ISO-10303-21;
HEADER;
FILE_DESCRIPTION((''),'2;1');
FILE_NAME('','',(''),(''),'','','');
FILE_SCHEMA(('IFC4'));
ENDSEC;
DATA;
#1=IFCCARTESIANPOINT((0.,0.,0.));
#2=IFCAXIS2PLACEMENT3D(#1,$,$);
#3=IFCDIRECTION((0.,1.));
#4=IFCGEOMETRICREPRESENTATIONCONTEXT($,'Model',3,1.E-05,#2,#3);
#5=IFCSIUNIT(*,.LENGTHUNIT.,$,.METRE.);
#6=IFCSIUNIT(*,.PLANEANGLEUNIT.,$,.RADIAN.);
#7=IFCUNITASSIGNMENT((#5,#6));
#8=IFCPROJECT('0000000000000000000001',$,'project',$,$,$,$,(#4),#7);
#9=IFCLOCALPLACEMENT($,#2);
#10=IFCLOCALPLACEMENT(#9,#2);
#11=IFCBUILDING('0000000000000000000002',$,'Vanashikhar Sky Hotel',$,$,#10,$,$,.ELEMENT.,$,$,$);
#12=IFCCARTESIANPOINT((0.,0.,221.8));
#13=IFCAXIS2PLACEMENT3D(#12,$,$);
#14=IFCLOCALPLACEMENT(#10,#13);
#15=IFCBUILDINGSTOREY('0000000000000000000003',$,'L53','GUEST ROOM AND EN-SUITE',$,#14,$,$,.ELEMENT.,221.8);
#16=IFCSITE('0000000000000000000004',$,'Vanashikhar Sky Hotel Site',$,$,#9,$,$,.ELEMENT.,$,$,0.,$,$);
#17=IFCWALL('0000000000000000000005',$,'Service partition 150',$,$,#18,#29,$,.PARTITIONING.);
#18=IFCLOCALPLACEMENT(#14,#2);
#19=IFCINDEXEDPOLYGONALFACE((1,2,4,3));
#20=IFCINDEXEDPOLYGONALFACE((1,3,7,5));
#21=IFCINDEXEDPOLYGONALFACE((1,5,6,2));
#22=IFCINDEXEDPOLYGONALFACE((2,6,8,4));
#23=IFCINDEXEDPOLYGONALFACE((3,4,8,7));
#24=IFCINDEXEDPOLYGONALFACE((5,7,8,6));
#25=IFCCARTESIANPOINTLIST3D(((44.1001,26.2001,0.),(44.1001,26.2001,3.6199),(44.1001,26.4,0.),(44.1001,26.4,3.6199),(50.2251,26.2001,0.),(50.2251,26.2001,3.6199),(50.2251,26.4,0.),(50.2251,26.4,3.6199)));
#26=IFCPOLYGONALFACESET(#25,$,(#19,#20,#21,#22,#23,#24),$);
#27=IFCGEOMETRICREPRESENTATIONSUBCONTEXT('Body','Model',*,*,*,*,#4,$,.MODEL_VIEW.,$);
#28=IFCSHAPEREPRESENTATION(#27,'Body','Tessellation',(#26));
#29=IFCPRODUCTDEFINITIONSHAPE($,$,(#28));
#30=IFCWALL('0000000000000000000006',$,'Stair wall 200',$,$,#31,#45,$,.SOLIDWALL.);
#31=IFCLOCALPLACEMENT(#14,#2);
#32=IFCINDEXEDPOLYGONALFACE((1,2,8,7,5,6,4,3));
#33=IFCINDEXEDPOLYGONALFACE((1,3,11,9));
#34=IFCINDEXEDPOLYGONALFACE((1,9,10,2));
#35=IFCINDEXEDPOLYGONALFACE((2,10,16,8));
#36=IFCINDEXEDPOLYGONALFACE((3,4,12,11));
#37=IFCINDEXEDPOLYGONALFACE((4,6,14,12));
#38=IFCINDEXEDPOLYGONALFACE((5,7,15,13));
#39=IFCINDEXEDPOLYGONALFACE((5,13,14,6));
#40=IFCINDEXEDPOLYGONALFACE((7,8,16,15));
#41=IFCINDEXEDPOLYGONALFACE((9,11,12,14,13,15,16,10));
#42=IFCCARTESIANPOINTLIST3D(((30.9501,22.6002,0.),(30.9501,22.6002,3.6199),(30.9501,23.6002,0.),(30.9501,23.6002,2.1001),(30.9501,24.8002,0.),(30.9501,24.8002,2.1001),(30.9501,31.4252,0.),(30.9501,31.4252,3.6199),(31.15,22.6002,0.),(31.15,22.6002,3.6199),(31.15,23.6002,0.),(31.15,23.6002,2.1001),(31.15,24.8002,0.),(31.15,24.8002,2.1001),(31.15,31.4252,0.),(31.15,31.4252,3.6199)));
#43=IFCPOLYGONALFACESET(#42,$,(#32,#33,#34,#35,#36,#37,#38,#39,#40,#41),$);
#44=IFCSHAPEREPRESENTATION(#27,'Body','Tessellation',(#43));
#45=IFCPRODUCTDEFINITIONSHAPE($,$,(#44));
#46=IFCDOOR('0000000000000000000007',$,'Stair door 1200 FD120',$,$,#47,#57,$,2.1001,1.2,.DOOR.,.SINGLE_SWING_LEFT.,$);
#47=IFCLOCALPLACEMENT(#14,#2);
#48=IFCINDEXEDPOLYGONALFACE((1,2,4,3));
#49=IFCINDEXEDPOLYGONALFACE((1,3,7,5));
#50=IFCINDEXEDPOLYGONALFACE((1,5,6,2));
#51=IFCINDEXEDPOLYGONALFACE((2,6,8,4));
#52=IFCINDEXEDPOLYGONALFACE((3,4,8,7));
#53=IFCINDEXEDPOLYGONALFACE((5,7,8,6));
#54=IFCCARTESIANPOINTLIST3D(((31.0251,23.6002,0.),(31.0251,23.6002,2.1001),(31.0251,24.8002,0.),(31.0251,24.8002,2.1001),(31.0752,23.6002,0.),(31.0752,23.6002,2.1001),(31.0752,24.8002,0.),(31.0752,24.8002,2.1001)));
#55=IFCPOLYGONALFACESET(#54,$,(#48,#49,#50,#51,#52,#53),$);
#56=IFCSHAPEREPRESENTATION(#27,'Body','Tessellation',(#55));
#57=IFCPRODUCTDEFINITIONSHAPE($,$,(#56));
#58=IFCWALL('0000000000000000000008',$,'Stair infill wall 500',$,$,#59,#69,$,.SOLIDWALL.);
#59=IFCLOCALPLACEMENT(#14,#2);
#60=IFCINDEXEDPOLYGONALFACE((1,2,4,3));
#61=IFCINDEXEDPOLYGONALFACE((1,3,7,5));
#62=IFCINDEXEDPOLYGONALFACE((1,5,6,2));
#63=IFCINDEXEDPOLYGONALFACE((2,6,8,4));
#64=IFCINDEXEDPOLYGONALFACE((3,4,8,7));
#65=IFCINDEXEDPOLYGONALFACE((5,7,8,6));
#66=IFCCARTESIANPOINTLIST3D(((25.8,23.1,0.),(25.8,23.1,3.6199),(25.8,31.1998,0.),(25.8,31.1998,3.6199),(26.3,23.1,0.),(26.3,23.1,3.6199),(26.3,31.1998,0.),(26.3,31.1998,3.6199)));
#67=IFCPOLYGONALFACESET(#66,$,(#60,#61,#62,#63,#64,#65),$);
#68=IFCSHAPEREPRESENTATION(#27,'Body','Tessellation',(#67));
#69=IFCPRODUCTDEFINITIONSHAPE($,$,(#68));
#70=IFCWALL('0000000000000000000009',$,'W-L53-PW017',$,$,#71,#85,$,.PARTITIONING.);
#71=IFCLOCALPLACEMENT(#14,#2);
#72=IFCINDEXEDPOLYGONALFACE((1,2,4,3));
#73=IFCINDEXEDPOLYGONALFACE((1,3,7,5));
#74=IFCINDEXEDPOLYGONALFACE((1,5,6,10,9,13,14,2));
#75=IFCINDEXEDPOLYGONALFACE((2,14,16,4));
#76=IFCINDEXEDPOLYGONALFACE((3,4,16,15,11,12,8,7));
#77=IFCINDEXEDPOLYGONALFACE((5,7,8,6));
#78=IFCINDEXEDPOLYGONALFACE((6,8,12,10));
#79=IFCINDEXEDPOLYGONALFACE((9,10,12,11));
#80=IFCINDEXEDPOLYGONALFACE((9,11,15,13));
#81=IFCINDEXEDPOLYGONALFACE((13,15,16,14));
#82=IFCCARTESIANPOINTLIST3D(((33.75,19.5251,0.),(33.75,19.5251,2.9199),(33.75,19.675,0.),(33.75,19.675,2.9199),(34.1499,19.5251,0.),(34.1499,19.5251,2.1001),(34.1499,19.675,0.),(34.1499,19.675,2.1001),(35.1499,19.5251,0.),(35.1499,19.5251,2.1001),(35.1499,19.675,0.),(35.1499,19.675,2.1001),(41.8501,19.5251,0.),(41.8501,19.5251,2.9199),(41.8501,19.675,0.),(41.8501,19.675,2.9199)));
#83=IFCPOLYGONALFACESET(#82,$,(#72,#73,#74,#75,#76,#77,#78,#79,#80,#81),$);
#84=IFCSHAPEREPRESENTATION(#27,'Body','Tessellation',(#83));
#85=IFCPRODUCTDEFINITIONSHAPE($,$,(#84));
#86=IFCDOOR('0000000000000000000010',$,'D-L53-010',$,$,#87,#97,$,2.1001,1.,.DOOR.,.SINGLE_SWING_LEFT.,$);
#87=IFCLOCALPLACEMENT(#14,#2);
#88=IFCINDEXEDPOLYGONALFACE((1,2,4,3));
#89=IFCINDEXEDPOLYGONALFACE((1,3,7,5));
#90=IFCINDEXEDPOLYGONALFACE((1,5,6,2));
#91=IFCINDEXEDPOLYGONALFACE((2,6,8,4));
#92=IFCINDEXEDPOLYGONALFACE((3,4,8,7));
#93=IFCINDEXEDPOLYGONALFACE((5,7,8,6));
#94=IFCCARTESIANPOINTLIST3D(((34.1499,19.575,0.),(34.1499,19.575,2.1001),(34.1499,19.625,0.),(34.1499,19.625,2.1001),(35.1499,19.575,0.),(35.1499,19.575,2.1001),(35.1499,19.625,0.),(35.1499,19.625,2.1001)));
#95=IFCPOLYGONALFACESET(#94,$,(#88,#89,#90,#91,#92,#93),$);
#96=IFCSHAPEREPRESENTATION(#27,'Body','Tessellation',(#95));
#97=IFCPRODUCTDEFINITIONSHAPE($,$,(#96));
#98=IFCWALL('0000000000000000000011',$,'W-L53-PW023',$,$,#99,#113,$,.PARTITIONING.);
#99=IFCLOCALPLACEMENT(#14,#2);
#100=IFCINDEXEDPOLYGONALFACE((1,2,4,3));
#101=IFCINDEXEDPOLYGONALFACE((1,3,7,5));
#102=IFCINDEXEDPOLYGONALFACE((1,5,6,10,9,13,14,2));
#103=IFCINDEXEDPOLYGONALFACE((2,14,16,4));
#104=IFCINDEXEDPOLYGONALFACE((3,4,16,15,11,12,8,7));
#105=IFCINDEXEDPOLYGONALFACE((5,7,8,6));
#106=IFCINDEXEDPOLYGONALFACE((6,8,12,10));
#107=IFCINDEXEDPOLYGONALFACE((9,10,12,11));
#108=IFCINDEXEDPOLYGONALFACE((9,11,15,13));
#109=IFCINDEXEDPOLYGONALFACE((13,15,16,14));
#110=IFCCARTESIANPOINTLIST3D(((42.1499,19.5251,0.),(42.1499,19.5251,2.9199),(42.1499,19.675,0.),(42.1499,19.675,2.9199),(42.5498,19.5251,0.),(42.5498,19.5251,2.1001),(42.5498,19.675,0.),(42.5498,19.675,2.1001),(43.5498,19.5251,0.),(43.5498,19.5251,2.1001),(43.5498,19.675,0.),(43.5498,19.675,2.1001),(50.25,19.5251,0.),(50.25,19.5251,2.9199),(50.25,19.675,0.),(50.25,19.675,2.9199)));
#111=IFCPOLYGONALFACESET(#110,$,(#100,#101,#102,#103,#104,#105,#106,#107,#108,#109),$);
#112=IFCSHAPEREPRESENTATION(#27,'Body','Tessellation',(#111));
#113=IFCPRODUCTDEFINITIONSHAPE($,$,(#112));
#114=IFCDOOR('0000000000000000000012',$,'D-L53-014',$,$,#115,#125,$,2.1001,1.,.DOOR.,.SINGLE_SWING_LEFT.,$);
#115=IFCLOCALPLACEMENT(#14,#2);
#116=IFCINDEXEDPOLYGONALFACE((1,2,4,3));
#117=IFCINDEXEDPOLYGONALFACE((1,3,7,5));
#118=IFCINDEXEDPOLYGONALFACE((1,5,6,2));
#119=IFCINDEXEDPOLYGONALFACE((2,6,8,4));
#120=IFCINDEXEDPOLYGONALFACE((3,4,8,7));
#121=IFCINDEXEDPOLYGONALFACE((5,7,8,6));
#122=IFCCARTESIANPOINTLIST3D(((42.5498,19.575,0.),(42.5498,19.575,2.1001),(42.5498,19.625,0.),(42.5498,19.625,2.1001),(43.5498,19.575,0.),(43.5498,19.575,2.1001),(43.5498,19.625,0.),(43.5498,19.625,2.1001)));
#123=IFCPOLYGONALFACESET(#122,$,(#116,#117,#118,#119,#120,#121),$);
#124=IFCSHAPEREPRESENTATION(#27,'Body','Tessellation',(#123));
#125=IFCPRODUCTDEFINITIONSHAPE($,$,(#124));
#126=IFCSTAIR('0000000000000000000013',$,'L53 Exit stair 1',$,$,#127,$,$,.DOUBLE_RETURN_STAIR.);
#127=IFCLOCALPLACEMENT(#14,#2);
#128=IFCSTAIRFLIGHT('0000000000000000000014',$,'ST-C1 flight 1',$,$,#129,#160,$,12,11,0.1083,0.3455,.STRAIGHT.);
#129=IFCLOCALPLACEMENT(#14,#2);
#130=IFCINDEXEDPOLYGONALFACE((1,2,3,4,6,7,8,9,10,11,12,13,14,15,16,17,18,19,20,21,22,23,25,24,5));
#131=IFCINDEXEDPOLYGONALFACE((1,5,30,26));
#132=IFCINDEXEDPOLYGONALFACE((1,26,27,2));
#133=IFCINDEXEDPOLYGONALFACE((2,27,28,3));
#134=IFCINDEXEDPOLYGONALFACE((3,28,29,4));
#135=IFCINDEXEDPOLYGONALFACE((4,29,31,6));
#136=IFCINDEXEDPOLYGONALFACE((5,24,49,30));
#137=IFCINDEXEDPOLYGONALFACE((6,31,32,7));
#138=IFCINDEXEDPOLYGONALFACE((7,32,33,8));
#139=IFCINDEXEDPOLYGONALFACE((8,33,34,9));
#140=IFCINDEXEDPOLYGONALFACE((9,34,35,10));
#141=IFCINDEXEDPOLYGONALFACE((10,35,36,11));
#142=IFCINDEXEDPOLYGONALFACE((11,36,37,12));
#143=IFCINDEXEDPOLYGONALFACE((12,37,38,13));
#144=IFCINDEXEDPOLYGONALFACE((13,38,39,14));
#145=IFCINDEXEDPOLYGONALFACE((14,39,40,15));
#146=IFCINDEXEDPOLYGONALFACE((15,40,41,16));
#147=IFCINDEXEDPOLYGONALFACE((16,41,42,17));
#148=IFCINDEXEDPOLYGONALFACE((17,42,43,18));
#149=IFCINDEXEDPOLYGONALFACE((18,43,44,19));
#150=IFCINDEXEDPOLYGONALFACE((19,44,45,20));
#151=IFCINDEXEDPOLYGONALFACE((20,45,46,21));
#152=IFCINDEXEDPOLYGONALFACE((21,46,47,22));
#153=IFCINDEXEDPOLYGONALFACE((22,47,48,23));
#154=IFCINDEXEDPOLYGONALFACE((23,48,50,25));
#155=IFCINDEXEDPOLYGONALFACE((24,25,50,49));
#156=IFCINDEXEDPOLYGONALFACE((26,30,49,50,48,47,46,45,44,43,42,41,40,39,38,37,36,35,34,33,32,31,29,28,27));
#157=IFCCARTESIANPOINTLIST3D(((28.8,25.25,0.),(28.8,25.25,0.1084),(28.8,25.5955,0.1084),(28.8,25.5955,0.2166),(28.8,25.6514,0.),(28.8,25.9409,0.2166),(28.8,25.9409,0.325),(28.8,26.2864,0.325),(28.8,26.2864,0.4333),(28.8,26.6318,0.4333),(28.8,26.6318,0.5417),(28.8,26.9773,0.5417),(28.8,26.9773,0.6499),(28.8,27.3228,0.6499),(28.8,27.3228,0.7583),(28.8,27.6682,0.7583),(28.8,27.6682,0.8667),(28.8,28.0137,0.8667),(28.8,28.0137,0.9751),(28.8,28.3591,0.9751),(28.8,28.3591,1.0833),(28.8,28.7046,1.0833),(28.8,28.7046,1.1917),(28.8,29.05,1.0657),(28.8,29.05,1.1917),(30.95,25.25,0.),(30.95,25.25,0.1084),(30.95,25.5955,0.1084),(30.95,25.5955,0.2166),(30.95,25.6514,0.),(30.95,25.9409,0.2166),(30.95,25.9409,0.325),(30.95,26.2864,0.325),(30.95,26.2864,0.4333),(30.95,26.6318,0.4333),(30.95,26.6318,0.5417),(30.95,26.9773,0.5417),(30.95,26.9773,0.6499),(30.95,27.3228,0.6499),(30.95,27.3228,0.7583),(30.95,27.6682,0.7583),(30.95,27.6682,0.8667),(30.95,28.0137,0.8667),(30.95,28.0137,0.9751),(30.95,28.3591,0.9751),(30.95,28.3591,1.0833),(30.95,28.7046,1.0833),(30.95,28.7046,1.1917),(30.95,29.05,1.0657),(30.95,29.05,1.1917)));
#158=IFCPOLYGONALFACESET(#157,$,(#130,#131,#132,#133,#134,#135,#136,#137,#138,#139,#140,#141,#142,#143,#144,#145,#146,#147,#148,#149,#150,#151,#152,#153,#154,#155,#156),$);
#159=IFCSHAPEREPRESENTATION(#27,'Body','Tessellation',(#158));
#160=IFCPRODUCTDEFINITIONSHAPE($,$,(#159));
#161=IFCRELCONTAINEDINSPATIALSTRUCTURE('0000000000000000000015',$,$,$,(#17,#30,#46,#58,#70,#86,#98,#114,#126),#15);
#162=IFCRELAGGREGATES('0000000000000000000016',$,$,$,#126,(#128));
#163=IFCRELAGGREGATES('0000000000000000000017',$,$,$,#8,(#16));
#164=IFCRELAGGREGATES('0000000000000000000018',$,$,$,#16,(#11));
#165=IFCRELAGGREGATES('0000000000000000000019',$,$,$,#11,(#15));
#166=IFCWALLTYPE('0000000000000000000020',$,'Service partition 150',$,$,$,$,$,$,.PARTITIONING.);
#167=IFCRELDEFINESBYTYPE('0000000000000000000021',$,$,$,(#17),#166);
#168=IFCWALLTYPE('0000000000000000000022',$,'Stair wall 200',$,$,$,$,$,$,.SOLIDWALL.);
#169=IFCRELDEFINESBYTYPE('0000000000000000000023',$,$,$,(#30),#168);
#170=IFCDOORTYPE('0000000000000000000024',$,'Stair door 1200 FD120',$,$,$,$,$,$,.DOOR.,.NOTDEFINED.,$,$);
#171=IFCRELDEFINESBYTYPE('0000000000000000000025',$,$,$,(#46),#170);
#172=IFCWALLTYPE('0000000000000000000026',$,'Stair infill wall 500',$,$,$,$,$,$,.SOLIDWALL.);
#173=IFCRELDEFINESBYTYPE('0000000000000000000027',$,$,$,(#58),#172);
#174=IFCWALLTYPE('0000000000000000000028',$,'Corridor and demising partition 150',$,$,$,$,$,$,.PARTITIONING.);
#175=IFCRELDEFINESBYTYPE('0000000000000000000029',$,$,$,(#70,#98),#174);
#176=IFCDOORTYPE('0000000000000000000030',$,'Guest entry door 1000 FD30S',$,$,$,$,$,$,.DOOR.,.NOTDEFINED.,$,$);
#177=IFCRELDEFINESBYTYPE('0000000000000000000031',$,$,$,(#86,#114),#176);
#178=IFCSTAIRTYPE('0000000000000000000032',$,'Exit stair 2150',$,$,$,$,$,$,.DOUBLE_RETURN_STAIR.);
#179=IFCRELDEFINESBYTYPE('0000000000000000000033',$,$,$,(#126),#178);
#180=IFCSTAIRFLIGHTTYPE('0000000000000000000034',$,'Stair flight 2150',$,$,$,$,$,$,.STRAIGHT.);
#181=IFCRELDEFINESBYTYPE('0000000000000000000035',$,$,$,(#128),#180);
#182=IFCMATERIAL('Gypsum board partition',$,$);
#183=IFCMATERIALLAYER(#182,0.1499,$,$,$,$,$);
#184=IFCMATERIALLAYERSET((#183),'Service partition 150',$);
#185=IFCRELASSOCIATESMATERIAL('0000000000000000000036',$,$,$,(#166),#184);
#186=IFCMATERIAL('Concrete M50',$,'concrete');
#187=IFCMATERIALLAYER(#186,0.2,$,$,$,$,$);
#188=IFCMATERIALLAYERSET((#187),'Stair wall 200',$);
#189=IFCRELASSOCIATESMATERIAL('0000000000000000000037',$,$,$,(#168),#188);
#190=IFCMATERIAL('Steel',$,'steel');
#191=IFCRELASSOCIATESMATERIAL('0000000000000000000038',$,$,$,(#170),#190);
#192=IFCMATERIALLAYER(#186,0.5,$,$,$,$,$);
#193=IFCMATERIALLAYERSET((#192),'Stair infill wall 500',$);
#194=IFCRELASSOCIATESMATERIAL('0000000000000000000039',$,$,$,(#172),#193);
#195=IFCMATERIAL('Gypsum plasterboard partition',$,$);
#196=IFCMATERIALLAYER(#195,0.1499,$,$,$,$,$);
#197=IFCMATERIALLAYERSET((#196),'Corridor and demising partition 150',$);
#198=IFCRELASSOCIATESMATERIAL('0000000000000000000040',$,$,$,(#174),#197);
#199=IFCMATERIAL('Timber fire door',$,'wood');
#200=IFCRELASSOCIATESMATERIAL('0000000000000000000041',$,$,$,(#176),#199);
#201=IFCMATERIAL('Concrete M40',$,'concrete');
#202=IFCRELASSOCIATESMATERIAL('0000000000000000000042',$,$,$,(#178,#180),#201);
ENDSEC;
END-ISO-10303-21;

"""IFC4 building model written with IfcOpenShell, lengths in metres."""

from ifc_helpers import new_model, si_unit, direction, frame, frame_2d, origin, place, context, subcontext, project, spatial, polyline, rectangle, outline, extrude, source, transform, mapped, material, layer, layer_set, type_object, element, fill, aggregate, save


model = new_model("IFC4")

# Units and contexts
model_context = context("Model", 3, precision=1e-05, world=origin(), true_north=direction((0.0, 1.0)))
body_context = subcontext(model_context, "Body", "Model", "MODEL_VIEW")
ifc_project = project(units=[si_unit("LENGTHUNIT", "METRE"), si_unit("PLANEANGLEUNIT", "RADIAN")], contexts=[model_context])

# Site, building, storey
site_placement = place(None, origin())
site = spatial("IfcSite", under=ifc_project, at=site_placement, Name="Vanashikhar Sky Hotel Site", CompositionType="ELEMENT", RefElevation=0.0)
building_placement = place(site_placement, origin())
building = spatial("IfcBuilding", under=site, at=building_placement, Name="Vanashikhar Sky Hotel", CompositionType="ELEMENT")
storey_placement = place(building_placement, frame((0.0, 0.0, 221.8)))
storey = spatial("IfcBuildingStorey", under=building, at=storey_placement, Name="L53", Description="GUEST ROOM AND EN-SUITE", CompositionType="ELEMENT", Elevation=221.8)

# Shared definitions
ifc_material_1 = material(Name="Concrete M50", Category="concrete")

# Shared definitions
ifc_material_2 = material(Name="Steel", Category="steel")

# Shared definitions
ifc_material_3 = material(Name="Concrete M40", Category="concrete")

# Shared definitions
ifc_material_4 = material(Name="Gypsum board partition")
ifc_layer_1 = layer(ifc_material_4, 0.1499)
ifc_layer_set_1 = layer_set([ifc_layer_1], Name="Service partition 150")
wall_type_1 = type_object("IfcWallType", Name="Service partition 150", PredefinedType="PARTITIONING", material=ifc_layer_set_1)

# Wall
shared_shape_1 = source(origin(), body_context, "Body", "SweptSolid", [
    extrude(rectangle(XDim=6.125, YDim=0.2, at=frame_2d((3.0625, 0.0))), origin(), (0.0, 0.0, 1.0), 3.6199),
])
wall_1_placement = place(storey_placement, frame((44.1001, 26.3, 0.0), z_axis=(0.0, 0.0, 1.0), x_axis=(1.0, 0.0, 0.0)))
element("IfcWall", 1, at=wall_1_placement, inside=storey, type_object=wall_type_1, Name="Service partition 150", PredefinedType="PARTITIONING", context=body_context, shape_type="MappedRepresentation", body=[
    mapped(shared_shape_1, transform((0.0, 0.0, 0.0), scale=1.0)),
])

# Wall, opening, door
ifc_layer_2 = layer(ifc_material_1, 0.2)
ifc_layer_set_2 = layer_set([ifc_layer_2], Name="Stair wall 200")
wall_type_2 = type_object("IfcWallType", Name="Stair wall 200", PredefinedType="SOLIDWALL", material=ifc_layer_set_2)
shared_shape_2 = source(origin(), body_context, "Body", "SweptSolid", [
    extrude(rectangle(XDim=8.825, YDim=0.2, at=frame_2d((4.4126, 0.0))), origin(), (0.0, 0.0, 1.0), 3.6199),
])
wall_2_placement = place(storey_placement, frame((31.05, 22.6001, 0.0), z_axis=(0.0, 0.0, 1.0), x_axis=(0.0, 1.0, 0.0)))
wall_2 = element("IfcWall", 2, at=wall_2_placement, inside=storey, type_object=wall_type_2, Name="Stair wall 200", PredefinedType="SOLIDWALL", context=body_context, shape_type="MappedRepresentation", body=[
    mapped(shared_shape_2, transform((0.0, 0.0, 0.0), scale=1.0)),
])
shared_shape_3 = source(origin(), body_context, "Body", "SweptSolid", [
    extrude(rectangle(XDim=1.2, YDim=2.1001, at=frame_2d((0.6001, 1.05))), frame((0.0, 0.1099, 0.0), z_axis=(0.0, -1.0, 0.0), x_axis=(1.0, 0.0, 0.0)), (0.0, 0.0, 1.0), 0.22),
])
opening_1_placement = place(wall_2_placement, frame((1.0, 0.0, 0.0)))
opening_1 = element("IfcOpeningElement", 3, at=opening_1_placement, cuts=wall_2, PredefinedType="OPENING", context=body_context, shape_type="MappedRepresentation", body=[
    mapped(shared_shape_3, transform((0.0, 0.0, 0.0), scale=1.0)),
])
door_type_1 = type_object("IfcDoorType", Name="Stair door 1200 FD120", OperationType="NOTDEFINED", PredefinedType="DOOR", material=ifc_material_2)
shared_shape_4 = source(origin(), body_context, "Body", "SweptSolid", [
    extrude(rectangle(XDim=1.2, YDim=2.1001, at=frame_2d((0.6001, 1.05))), frame((0.0, 0.0249, 0.0), z_axis=(0.0, -1.0, 0.0), x_axis=(1.0, 0.0, 0.0)), (0.0, 0.0, 1.0), 0.05),
])
door_1_placement = place(opening_1_placement, origin())
door_1 = element("IfcDoor", 4, at=door_1_placement, inside=storey, type_object=door_type_1, Name="Stair door 1200 FD120", OperationType="SINGLE_SWING_LEFT", OverallHeight=2.1001, OverallWidth=1.2, PredefinedType="DOOR", context=body_context, shape_type="MappedRepresentation", body=[
    mapped(shared_shape_4, transform((0.0, 0.0, 0.0), scale=1.0)),
])
fill(opening_1, door_1)

# Wall
ifc_layer_3 = layer(ifc_material_1, 0.5)
ifc_layer_set_3 = layer_set([ifc_layer_3], Name="Stair infill wall 500")
wall_type_3 = type_object("IfcWallType", Name="Stair infill wall 500", PredefinedType="SOLIDWALL", material=ifc_layer_set_3)
shared_shape_5 = source(origin(), body_context, "Body", "SweptSolid", [
    extrude(rectangle(XDim=8.0999, YDim=0.5, at=frame_2d((4.0498, 0.0))), origin(), (0.0, 0.0, 1.0), 3.6199),
])
wall_3_placement = place(storey_placement, frame((26.05, 23.1001, 0.0), z_axis=(0.0, 0.0, 1.0), x_axis=(0.0, 1.0, 0.0)))
element("IfcWall", 5, at=wall_3_placement, inside=storey, type_object=wall_type_3, Name="Stair infill wall 500", PredefinedType="SOLIDWALL", context=body_context, shape_type="MappedRepresentation", body=[
    mapped(shared_shape_5, transform((0.0, 0.0, 0.0), scale=1.0)),
])

# Walls, openings, doors
ifc_material_5 = material(Name="Gypsum plasterboard partition")
ifc_layer_4 = layer(ifc_material_5, 0.1499)
ifc_layer_set_4 = layer_set([ifc_layer_4], Name="Corridor and demising partition 150")
wall_type_4 = type_object("IfcWallType", Name="Corridor and demising partition 150", PredefinedType="PARTITIONING", material=ifc_layer_set_4)
shared_shape_6 = source(origin(), body_context, "Body", "SweptSolid", [
    extrude(rectangle(XDim=8.1001, YDim=0.1499, at=frame_2d((4.05, 0.0))), origin(), (0.0, 0.0, 1.0), 2.9199),
])
wall_4_placement = place(storey_placement, frame((33.75, 19.6001, 0.0), z_axis=(0.0, 0.0, 1.0), x_axis=(1.0, 0.0, 0.0)))
wall_4 = element("IfcWall", 6, at=wall_4_placement, inside=storey, type_object=wall_type_4, Name="W-L53-PW017", PredefinedType="PARTITIONING", context=body_context, shape_type="MappedRepresentation", body=[
    mapped(shared_shape_6, transform((0.0, 0.0, 0.0), scale=1.0)),
])
shared_shape_7 = source(origin(), body_context, "Body", "SweptSolid", [
    extrude(rectangle(XDim=1.0, YDim=2.1001, at=frame_2d((0.5, 1.05))), frame((0.0, 0.085, 0.0), z_axis=(0.0, -1.0, 0.0), x_axis=(1.0, 0.0, 0.0)), (0.0, 0.0, 1.0), 0.1699),
])
opening_2_placement = place(wall_4_placement, frame((0.3999, 0.0, 0.0)))
opening_2 = element("IfcOpeningElement", 7, at=opening_2_placement, cuts=wall_4, PredefinedType="OPENING", context=body_context, shape_type="MappedRepresentation", body=[
    mapped(shared_shape_7, transform((0.0, 0.0, 0.0), scale=1.0)),
])
ifc_material_6 = material(Name="Timber fire door", Category="wood")
door_type_2 = type_object("IfcDoorType", Name="Guest entry door 1000 FD30S", OperationType="NOTDEFINED", PredefinedType="DOOR", material=ifc_material_6)
shared_shape_8 = source(origin(), body_context, "Body", "SweptSolid", [
    extrude(rectangle(XDim=1.0, YDim=2.1001, at=frame_2d((0.5, 1.05))), frame((0.0, 0.0249, 0.0), z_axis=(0.0, -1.0, 0.0), x_axis=(1.0, 0.0, 0.0)), (0.0, 0.0, 1.0), 0.05),
])
door_2_placement = place(opening_2_placement, origin())
door_2 = element("IfcDoor", 8, at=door_2_placement, inside=storey, type_object=door_type_2, Name="D-L53-010", OperationType="SINGLE_SWING_LEFT", OverallHeight=2.1001, OverallWidth=1.0, PredefinedType="DOOR", context=body_context, shape_type="MappedRepresentation", body=[
    mapped(shared_shape_8, transform((0.0, 0.0, 0.0), scale=1.0)),
])
fill(opening_2, door_2)
wall_5_placement = place(storey_placement, frame((42.1499, 19.6001, 0.0), z_axis=(0.0, 0.0, 1.0), x_axis=(1.0, 0.0, 0.0)))
wall_5 = element("IfcWall", 9, at=wall_5_placement, inside=storey, type_object=wall_type_4, Name="W-L53-PW023", PredefinedType="PARTITIONING", context=body_context, shape_type="MappedRepresentation", body=[
    mapped(shared_shape_6, transform((0.0, 0.0, 0.0), scale=1.0)),
])
opening_3_placement = place(wall_5_placement, frame((0.3999, 0.0, 0.0)))
opening_3 = element("IfcOpeningElement", 10, at=opening_3_placement, cuts=wall_5, PredefinedType="OPENING", context=body_context, shape_type="MappedRepresentation", body=[
    mapped(shared_shape_7, transform((0.0, 0.0, 0.0), scale=1.0)),
])
door_3_placement = place(opening_3_placement, origin())
door_3 = element("IfcDoor", 11, at=door_3_placement, inside=storey, type_object=door_type_2, Name="D-L53-014", OperationType="SINGLE_SWING_LEFT", OverallHeight=2.1001, OverallWidth=1.0, PredefinedType="DOOR", context=body_context, shape_type="MappedRepresentation", body=[
    mapped(shared_shape_8, transform((0.0, 0.0, 0.0), scale=1.0)),
])
fill(opening_3, door_3)

# Stair, stair flight
stair_type = type_object("IfcStairType", Name="Exit stair 2150", PredefinedType="DOUBLE_RETURN_STAIR", material=ifc_material_3)
stair_placement = place(storey_placement, origin())
stair = element("IfcStair", 12, at=stair_placement, inside=storey, type_object=stair_type, Name="L53 Exit stair 1", PredefinedType="DOUBLE_RETURN_STAIR")
stair_flight_type = type_object("IfcStairFlightType", Name="Stair flight 2150", PredefinedType="STRAIGHT", material=ifc_material_3)
shared_shape_9 = source(origin(), body_context, "Body", "SweptSolid", [
    extrude(outline(polyline([(0.0, 0.0), (0.0, 0.1084), (0.3455, 0.1084), (0.3455, 0.2166), (0.6909, 0.2166), (0.6909, 0.325), (1.0364, 0.325), (1.0364, 0.4333), (1.3818, 0.4333), (1.3818, 0.5417), (1.7273, 0.5417), (1.7273, 0.6499), (2.0728, 0.6499), (2.0728, 0.7583), (2.4182, 0.7583), (2.4182, 0.8667), (2.7637, 0.8667), (2.7637, 0.9751), (3.1091, 0.9751), (3.1091, 1.0833), (3.4546, 1.0833), (3.4546, 1.1917), (3.8, 1.1917), (3.8, 1.3), (3.8, 1.0657), (0.4014, 0.0), (0.0, 0.0)])), frame((0.0, 1.075, 0.0), z_axis=(0.0, -1.0, 0.0), x_axis=(1.0, 0.0, 0.0)), (0.0, 0.0, 1.0), 2.1499),
])
stair_flight_1_placement = place(storey_placement, frame((29.875, 25.25, 0.0), z_axis=(0.0, 0.0, 1.0), x_axis=(0.0, 1.0, 0.0)))
stair_flight_1 = element("IfcStairFlight", 13, at=stair_flight_1_placement, type_object=stair_flight_type, Name="ST-C1 flight 1", NumberOfRisers=12, NumberOfTreads=11, PredefinedType="STRAIGHT", RiserHeight=0.1083, TreadLength=0.3455, context=body_context, shape_type="MappedRepresentation", body=[
    mapped(shared_shape_9, transform((0.0, 0.0, 0.0), scale=1.0)),
])
aggregate(stair, [stair_flight_1])

save(model, "model.ifc")
